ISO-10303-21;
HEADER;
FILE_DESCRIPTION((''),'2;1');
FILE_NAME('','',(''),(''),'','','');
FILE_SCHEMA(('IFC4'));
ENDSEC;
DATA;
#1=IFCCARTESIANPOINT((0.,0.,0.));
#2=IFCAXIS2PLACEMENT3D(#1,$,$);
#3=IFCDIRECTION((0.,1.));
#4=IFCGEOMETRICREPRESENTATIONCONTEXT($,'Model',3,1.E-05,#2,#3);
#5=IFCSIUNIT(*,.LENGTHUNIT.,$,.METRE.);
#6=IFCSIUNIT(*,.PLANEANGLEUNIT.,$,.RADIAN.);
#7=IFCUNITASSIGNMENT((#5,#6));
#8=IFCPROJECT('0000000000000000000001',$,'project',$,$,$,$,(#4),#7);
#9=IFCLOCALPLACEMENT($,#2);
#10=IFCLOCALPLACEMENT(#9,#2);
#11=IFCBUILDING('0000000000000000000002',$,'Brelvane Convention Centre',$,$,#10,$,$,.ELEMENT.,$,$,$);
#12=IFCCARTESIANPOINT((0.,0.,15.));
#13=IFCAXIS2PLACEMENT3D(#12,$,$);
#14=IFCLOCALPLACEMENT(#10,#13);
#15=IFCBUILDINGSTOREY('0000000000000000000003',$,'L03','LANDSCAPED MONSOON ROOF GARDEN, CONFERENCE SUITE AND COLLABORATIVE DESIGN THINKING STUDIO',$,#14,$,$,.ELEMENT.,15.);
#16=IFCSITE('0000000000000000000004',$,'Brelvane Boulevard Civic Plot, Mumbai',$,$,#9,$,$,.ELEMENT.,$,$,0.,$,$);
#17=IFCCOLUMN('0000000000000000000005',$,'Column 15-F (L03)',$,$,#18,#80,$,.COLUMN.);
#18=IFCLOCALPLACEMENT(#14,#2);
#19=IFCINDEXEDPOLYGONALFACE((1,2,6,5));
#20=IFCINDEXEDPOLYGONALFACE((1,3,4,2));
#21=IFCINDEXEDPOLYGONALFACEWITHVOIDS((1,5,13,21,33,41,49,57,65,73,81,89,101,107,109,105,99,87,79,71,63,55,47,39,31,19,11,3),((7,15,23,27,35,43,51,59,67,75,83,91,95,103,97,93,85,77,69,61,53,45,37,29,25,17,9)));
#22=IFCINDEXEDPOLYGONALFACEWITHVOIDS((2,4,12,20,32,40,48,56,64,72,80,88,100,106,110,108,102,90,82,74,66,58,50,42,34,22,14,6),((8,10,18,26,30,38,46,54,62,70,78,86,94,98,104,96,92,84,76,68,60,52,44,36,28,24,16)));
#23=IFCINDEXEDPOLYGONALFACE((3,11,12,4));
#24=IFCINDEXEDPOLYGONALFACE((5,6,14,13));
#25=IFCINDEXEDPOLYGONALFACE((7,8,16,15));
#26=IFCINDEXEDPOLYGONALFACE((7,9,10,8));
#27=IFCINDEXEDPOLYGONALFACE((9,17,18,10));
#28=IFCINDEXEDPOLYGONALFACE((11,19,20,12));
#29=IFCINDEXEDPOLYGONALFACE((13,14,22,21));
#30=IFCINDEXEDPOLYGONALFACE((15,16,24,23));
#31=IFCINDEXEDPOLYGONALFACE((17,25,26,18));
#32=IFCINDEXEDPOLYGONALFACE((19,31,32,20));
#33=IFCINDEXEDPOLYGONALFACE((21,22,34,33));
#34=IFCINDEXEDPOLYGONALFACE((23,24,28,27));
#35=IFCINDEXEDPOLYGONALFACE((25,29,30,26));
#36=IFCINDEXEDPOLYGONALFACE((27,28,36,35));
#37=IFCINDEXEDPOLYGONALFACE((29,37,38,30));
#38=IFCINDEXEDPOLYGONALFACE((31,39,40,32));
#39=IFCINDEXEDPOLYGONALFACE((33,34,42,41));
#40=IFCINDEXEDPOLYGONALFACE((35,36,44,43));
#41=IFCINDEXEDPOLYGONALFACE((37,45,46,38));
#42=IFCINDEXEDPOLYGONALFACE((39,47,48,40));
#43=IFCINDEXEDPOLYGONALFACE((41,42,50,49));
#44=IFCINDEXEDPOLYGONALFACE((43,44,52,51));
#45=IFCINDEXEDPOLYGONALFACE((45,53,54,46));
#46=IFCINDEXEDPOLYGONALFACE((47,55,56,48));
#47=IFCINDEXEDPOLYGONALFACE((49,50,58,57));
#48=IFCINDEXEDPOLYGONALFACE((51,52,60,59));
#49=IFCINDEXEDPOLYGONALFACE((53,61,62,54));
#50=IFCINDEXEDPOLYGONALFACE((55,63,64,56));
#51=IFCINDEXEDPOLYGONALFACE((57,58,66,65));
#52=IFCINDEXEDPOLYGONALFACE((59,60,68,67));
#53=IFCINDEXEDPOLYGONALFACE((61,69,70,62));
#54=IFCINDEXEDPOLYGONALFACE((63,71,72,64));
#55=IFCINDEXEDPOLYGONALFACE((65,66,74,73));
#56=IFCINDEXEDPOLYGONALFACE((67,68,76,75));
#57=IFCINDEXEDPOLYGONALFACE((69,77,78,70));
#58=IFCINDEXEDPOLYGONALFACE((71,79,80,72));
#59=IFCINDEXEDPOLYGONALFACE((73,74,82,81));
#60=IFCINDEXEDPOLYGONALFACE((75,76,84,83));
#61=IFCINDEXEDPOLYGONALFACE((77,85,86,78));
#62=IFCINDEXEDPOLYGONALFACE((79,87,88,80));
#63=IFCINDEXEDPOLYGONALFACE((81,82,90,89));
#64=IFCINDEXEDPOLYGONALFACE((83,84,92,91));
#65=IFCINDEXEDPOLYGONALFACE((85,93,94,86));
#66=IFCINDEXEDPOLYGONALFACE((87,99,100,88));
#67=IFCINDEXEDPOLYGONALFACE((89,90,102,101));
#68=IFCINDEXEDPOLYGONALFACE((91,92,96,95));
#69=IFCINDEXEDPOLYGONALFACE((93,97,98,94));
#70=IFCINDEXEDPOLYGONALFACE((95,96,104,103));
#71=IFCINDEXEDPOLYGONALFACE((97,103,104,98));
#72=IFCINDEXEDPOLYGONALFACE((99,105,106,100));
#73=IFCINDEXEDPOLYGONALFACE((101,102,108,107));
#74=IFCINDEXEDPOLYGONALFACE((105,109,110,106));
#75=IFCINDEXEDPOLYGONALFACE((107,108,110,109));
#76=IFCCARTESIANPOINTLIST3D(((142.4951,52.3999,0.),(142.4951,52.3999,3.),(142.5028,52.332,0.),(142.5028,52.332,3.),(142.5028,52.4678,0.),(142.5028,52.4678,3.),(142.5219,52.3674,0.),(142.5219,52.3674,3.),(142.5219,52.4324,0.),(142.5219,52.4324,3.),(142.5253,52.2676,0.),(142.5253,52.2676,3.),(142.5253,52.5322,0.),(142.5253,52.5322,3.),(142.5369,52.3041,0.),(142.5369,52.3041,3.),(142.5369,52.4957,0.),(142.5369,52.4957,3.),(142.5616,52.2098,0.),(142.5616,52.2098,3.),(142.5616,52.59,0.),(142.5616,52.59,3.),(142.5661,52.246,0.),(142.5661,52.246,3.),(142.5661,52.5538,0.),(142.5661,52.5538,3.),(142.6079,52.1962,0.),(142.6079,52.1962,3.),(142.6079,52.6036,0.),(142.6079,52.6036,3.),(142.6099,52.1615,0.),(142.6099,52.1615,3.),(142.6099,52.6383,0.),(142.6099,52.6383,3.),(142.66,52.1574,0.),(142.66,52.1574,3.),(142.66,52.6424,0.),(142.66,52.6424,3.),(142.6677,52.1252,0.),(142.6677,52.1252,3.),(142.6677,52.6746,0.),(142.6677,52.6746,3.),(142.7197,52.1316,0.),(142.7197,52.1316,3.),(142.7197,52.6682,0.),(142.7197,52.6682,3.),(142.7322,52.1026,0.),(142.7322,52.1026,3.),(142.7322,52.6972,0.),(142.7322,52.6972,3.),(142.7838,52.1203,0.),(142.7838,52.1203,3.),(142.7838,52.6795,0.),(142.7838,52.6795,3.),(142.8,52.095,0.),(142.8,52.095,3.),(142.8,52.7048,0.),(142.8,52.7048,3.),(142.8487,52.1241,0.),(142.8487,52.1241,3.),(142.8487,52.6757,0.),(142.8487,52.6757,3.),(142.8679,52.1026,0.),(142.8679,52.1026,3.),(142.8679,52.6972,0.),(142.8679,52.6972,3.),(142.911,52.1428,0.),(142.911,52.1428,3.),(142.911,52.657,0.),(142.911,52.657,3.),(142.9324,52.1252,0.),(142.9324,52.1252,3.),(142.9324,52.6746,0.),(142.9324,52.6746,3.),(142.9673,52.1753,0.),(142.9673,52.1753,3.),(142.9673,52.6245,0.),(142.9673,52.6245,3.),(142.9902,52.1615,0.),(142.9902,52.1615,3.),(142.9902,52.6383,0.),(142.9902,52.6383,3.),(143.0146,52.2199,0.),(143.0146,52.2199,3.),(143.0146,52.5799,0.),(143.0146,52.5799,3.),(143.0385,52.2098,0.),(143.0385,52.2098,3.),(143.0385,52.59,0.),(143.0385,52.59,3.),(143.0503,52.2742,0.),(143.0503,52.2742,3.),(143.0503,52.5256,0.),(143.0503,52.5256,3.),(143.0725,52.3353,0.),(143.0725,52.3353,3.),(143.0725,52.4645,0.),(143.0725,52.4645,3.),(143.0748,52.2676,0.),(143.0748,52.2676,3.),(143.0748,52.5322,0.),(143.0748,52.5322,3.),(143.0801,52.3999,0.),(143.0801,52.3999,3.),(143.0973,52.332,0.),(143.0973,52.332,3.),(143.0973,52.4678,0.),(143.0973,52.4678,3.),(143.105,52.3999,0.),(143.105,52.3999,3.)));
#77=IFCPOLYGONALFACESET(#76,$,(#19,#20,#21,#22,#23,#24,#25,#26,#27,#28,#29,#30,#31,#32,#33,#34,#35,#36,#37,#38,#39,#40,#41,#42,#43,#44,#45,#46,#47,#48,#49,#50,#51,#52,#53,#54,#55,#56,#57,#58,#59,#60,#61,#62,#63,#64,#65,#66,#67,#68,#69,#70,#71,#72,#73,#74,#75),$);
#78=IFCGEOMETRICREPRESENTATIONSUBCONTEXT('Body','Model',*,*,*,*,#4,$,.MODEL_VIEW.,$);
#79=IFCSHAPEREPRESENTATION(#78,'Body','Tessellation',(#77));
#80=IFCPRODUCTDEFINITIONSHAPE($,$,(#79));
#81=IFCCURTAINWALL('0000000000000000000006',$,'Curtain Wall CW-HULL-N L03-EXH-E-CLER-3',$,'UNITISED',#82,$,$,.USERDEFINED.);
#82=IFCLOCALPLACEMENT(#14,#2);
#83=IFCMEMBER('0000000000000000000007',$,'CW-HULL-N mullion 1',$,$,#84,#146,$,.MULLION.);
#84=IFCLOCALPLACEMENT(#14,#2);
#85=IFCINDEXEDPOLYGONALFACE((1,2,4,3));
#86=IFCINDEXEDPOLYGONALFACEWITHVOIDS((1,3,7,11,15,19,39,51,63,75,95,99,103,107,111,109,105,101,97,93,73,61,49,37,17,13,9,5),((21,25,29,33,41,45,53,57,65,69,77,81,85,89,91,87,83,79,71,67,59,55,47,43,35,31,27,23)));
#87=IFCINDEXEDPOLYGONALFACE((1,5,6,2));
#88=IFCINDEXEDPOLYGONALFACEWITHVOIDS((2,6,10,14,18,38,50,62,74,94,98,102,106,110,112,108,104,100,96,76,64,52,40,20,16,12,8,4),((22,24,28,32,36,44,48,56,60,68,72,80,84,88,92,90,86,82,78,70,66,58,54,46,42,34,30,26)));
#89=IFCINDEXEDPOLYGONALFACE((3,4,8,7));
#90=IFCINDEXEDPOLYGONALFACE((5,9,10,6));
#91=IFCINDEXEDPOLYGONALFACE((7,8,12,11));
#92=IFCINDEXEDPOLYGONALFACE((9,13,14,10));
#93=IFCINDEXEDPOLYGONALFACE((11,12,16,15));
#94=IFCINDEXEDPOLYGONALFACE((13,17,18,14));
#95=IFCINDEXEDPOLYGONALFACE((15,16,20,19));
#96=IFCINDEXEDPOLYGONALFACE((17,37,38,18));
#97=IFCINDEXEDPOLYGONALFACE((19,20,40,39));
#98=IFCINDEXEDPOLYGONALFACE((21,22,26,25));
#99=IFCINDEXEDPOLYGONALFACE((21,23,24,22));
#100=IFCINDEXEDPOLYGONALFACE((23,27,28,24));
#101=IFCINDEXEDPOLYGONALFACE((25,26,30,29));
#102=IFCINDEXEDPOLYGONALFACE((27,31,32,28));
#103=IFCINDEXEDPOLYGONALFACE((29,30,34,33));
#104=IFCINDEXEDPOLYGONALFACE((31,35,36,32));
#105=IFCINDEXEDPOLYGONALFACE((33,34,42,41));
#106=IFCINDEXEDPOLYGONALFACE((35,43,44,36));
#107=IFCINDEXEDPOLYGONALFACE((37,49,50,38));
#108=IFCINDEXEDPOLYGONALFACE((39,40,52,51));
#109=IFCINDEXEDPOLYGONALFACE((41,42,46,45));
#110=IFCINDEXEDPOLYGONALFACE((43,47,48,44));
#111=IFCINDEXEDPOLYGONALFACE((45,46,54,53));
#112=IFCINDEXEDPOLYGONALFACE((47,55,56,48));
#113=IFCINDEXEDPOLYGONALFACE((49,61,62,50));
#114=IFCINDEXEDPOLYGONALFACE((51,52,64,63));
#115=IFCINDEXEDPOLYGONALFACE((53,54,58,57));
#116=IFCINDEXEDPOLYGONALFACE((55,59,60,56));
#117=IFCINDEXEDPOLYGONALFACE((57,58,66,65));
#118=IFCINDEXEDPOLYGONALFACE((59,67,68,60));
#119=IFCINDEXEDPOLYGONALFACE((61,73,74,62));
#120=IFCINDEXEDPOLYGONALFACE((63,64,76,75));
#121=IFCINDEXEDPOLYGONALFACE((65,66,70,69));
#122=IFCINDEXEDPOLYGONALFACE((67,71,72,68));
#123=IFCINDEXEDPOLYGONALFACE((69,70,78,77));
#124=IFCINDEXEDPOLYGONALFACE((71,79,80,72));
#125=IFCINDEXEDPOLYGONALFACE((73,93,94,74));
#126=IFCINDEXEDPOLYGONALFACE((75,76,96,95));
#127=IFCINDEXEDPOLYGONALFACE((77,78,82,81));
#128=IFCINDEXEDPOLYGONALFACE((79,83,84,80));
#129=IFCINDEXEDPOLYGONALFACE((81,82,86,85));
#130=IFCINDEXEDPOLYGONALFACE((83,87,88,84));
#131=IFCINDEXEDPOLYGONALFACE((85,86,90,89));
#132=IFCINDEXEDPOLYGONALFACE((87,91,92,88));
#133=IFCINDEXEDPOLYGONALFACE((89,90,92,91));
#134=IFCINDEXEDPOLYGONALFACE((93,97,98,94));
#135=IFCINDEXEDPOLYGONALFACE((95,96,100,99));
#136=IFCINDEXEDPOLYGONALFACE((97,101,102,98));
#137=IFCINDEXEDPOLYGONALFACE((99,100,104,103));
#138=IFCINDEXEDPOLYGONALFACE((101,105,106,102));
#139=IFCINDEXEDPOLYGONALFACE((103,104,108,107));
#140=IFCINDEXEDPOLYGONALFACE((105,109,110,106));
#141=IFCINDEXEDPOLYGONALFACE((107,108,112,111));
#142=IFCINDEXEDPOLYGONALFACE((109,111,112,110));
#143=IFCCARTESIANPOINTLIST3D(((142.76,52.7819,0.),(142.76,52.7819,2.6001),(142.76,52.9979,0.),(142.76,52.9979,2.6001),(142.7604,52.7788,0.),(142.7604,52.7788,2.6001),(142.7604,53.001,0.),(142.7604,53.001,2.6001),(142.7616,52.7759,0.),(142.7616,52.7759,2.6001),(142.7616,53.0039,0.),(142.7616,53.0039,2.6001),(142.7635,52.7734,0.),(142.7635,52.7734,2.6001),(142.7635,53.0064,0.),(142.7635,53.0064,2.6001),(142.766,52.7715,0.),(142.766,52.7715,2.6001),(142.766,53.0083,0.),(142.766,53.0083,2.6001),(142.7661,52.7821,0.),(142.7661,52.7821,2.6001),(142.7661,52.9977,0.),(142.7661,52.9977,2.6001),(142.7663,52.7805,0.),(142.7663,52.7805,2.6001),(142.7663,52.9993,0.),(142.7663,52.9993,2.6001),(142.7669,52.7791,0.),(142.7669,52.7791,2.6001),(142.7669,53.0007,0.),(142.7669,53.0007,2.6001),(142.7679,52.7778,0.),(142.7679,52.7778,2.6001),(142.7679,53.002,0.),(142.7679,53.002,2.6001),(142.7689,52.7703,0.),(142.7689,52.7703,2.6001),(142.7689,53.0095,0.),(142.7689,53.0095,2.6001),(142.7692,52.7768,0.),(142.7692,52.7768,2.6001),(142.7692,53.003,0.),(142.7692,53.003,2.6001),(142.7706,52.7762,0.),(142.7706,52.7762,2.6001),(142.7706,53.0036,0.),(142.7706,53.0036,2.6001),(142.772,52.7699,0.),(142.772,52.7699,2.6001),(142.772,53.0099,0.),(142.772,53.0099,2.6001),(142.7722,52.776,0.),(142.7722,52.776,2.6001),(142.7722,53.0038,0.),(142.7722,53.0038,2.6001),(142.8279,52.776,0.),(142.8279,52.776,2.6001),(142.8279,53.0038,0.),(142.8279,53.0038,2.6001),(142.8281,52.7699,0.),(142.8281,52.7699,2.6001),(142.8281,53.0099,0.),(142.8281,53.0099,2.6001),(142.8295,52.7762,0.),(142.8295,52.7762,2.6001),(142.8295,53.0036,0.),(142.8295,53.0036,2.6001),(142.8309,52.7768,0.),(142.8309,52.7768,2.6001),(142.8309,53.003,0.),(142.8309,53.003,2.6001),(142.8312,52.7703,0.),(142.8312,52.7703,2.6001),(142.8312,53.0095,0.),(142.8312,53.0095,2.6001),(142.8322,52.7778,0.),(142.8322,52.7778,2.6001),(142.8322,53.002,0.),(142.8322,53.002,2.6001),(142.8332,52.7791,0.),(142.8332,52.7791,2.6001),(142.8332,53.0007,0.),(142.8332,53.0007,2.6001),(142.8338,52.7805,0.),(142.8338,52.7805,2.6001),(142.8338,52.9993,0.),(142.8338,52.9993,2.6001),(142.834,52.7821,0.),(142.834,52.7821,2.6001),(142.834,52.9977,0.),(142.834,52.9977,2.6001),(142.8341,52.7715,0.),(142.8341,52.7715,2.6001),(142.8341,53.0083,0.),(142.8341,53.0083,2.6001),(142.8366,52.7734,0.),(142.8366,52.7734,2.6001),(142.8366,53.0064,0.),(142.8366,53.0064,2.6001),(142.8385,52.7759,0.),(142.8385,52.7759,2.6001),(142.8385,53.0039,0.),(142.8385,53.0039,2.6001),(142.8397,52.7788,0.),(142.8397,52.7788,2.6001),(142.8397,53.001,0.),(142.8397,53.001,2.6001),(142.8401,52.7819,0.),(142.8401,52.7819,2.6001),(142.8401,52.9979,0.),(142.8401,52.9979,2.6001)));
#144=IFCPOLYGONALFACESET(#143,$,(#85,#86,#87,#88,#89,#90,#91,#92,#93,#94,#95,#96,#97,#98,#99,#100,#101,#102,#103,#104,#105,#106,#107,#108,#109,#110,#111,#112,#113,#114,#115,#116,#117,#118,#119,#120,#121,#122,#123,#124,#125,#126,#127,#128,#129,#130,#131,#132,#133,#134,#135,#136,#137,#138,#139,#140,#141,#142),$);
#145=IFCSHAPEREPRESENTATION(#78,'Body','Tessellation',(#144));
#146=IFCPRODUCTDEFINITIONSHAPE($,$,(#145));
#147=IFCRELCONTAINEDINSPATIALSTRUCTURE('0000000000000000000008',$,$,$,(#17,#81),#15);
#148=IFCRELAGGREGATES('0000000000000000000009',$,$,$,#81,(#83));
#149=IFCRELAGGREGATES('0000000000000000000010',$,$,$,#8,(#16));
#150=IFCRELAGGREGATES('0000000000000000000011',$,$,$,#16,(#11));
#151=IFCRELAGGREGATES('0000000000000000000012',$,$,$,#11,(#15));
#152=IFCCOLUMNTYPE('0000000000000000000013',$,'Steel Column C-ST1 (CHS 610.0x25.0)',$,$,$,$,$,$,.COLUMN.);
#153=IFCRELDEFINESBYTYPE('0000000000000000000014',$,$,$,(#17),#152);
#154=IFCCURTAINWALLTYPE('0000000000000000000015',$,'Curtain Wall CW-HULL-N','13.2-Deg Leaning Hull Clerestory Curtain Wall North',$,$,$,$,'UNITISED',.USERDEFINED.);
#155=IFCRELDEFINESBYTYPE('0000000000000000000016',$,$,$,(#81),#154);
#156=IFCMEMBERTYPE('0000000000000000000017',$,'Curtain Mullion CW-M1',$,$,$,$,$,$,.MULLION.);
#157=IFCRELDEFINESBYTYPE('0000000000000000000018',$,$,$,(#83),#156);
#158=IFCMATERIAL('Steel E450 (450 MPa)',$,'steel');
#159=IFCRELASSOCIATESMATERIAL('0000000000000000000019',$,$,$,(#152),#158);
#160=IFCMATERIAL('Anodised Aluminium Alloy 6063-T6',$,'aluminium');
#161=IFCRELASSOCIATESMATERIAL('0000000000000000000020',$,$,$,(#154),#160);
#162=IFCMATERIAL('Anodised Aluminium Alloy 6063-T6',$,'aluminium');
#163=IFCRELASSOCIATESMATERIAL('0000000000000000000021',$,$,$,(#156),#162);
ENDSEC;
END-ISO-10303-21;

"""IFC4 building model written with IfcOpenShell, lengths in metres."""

from ifc_helpers import new_model, si_unit, direction, frame, origin, origin_2d, place, context, subcontext, project, spatial, hollow_rectangle, hollow_circle, extrude, material, material_profile, profile_set, type_object, element, aggregate, save


model = new_model("IFC4")

# Units and contexts
model_context = context("Model", 3, precision=1e-05, world=origin(), true_north=direction((0.0, 1.0)))
body_context = subcontext(model_context, "Body", "Model", "MODEL_VIEW")
ifc_project = project(units=[si_unit("LENGTHUNIT", "METRE"), si_unit("PLANEANGLEUNIT", "RADIAN")], contexts=[model_context])

# Site, building, storey
site_placement = place(None, origin())
site = spatial("IfcSite", under=ifc_project, at=site_placement, Name="Brelvane Boulevard Civic Plot, Mumbai", CompositionType="ELEMENT", RefElevation=0.0)
building_placement = place(site_placement, origin())
building = spatial("IfcBuilding", under=site, at=building_placement, Name="Brelvane Convention Centre", CompositionType="ELEMENT")
storey_placement = place(building_placement, frame((0.0, 0.0, 15.0)))
storey = spatial("IfcBuildingStorey", under=building, at=storey_placement, Name="L03", Description="LANDSCAPED MONSOON ROOF GARDEN, CONFERENCE SUITE AND COLLABORATIVE DESIGN THINKING STUDIO", CompositionType="ELEMENT", Elevation=15.0)

# Column
ifc_material_1 = material(Name="Steel E450 (450 MPa)", Category="steel")
ifc_material_profile_1 = material_profile(ifc_material_1, hollow_circle(Radius=0.3049, WallThickness=0.0249, at=origin_2d()), Name="CHS 610.0x25.0")
ifc_profile_set_1 = profile_set([ifc_material_profile_1], Name="Steel E450 (450 MPa)")
column_type = type_object("IfcColumnType", Name="Steel Column C-ST1 (CHS 610.0x25.0)", PredefinedType="COLUMN", material=ifc_profile_set_1)
column_placement = place(storey_placement, frame((142.8, 52.3999, 0.0), z_axis=(0.0, 0.0, 1.0), x_axis=(1.0, 0.0, 0.0)))
element("IfcColumn", 1, at=column_placement, inside=storey, type_object=column_type, Name="Column 15-F (L03)", PredefinedType="COLUMN", context=body_context, shape_type="SweptSolid", body=[
    extrude(hollow_circle(Radius=0.3049, WallThickness=0.0249, at=origin_2d()), origin(), (0.0, 0.0, 1.0), 3.0),
])

# Curtain wall, member
ifc_material_2 = material(Name="Anodised Aluminium Alloy 6063-T6", Category="aluminium")
curtain_wall_type = type_object("IfcCurtainWallType", Name="Curtain Wall CW-HULL-N", Description="13.2-Deg Leaning Hull Clerestory Curtain Wall North", ElementType="UNITISED", PredefinedType="USERDEFINED", material=ifc_material_2)
curtain_wall_placement = place(storey_placement, origin())
curtain_wall = element("IfcCurtainWall", 2, at=curtain_wall_placement, inside=storey, type_object=curtain_wall_type, Name="Curtain Wall CW-HULL-N L03-EXH-E-CLER-3", ObjectType="UNITISED", PredefinedType="USERDEFINED")
ifc_material_3 = material(Name="Anodised Aluminium Alloy 6063-T6", Category="aluminium")
ifc_material_profile_2 = material_profile(ifc_material_3, hollow_rectangle(XDim=0.0801, YDim=0.24, WallThickness=0.0061, InnerFilletRadius=0.0061, OuterFilletRadius=0.012, at=origin_2d()), Name="ALU-M 240x80x6.0")
ifc_profile_set_2 = profile_set([ifc_material_profile_2], Name="Anodised Aluminium Alloy 6063-T6")
member_type_1 = type_object("IfcMemberType", Name="Curtain Mullion CW-M1", PredefinedType="MULLION", material=ifc_profile_set_2)
member_1_placement = place(storey_placement, frame((142.8, 52.8899, 0.0), z_axis=(0.0, 0.0, 1.0), x_axis=(-1.0, 0.0, 0.0)))
member_1 = element("IfcMember", 3, at=member_1_placement, type_object=member_type_1, Name="CW-HULL-N mullion 1", PredefinedType="MULLION", context=body_context, shape_type="SweptSolid", body=[
    extrude(hollow_rectangle(XDim=0.0801, YDim=0.24, WallThickness=0.0061, InnerFilletRadius=0.0061, OuterFilletRadius=0.012, at=origin_2d()), origin(), (0.0, 0.0, 1.0), 2.6001),
])

aggregate(curtain_wall, [member_1])

save(model, "model.ifc")
